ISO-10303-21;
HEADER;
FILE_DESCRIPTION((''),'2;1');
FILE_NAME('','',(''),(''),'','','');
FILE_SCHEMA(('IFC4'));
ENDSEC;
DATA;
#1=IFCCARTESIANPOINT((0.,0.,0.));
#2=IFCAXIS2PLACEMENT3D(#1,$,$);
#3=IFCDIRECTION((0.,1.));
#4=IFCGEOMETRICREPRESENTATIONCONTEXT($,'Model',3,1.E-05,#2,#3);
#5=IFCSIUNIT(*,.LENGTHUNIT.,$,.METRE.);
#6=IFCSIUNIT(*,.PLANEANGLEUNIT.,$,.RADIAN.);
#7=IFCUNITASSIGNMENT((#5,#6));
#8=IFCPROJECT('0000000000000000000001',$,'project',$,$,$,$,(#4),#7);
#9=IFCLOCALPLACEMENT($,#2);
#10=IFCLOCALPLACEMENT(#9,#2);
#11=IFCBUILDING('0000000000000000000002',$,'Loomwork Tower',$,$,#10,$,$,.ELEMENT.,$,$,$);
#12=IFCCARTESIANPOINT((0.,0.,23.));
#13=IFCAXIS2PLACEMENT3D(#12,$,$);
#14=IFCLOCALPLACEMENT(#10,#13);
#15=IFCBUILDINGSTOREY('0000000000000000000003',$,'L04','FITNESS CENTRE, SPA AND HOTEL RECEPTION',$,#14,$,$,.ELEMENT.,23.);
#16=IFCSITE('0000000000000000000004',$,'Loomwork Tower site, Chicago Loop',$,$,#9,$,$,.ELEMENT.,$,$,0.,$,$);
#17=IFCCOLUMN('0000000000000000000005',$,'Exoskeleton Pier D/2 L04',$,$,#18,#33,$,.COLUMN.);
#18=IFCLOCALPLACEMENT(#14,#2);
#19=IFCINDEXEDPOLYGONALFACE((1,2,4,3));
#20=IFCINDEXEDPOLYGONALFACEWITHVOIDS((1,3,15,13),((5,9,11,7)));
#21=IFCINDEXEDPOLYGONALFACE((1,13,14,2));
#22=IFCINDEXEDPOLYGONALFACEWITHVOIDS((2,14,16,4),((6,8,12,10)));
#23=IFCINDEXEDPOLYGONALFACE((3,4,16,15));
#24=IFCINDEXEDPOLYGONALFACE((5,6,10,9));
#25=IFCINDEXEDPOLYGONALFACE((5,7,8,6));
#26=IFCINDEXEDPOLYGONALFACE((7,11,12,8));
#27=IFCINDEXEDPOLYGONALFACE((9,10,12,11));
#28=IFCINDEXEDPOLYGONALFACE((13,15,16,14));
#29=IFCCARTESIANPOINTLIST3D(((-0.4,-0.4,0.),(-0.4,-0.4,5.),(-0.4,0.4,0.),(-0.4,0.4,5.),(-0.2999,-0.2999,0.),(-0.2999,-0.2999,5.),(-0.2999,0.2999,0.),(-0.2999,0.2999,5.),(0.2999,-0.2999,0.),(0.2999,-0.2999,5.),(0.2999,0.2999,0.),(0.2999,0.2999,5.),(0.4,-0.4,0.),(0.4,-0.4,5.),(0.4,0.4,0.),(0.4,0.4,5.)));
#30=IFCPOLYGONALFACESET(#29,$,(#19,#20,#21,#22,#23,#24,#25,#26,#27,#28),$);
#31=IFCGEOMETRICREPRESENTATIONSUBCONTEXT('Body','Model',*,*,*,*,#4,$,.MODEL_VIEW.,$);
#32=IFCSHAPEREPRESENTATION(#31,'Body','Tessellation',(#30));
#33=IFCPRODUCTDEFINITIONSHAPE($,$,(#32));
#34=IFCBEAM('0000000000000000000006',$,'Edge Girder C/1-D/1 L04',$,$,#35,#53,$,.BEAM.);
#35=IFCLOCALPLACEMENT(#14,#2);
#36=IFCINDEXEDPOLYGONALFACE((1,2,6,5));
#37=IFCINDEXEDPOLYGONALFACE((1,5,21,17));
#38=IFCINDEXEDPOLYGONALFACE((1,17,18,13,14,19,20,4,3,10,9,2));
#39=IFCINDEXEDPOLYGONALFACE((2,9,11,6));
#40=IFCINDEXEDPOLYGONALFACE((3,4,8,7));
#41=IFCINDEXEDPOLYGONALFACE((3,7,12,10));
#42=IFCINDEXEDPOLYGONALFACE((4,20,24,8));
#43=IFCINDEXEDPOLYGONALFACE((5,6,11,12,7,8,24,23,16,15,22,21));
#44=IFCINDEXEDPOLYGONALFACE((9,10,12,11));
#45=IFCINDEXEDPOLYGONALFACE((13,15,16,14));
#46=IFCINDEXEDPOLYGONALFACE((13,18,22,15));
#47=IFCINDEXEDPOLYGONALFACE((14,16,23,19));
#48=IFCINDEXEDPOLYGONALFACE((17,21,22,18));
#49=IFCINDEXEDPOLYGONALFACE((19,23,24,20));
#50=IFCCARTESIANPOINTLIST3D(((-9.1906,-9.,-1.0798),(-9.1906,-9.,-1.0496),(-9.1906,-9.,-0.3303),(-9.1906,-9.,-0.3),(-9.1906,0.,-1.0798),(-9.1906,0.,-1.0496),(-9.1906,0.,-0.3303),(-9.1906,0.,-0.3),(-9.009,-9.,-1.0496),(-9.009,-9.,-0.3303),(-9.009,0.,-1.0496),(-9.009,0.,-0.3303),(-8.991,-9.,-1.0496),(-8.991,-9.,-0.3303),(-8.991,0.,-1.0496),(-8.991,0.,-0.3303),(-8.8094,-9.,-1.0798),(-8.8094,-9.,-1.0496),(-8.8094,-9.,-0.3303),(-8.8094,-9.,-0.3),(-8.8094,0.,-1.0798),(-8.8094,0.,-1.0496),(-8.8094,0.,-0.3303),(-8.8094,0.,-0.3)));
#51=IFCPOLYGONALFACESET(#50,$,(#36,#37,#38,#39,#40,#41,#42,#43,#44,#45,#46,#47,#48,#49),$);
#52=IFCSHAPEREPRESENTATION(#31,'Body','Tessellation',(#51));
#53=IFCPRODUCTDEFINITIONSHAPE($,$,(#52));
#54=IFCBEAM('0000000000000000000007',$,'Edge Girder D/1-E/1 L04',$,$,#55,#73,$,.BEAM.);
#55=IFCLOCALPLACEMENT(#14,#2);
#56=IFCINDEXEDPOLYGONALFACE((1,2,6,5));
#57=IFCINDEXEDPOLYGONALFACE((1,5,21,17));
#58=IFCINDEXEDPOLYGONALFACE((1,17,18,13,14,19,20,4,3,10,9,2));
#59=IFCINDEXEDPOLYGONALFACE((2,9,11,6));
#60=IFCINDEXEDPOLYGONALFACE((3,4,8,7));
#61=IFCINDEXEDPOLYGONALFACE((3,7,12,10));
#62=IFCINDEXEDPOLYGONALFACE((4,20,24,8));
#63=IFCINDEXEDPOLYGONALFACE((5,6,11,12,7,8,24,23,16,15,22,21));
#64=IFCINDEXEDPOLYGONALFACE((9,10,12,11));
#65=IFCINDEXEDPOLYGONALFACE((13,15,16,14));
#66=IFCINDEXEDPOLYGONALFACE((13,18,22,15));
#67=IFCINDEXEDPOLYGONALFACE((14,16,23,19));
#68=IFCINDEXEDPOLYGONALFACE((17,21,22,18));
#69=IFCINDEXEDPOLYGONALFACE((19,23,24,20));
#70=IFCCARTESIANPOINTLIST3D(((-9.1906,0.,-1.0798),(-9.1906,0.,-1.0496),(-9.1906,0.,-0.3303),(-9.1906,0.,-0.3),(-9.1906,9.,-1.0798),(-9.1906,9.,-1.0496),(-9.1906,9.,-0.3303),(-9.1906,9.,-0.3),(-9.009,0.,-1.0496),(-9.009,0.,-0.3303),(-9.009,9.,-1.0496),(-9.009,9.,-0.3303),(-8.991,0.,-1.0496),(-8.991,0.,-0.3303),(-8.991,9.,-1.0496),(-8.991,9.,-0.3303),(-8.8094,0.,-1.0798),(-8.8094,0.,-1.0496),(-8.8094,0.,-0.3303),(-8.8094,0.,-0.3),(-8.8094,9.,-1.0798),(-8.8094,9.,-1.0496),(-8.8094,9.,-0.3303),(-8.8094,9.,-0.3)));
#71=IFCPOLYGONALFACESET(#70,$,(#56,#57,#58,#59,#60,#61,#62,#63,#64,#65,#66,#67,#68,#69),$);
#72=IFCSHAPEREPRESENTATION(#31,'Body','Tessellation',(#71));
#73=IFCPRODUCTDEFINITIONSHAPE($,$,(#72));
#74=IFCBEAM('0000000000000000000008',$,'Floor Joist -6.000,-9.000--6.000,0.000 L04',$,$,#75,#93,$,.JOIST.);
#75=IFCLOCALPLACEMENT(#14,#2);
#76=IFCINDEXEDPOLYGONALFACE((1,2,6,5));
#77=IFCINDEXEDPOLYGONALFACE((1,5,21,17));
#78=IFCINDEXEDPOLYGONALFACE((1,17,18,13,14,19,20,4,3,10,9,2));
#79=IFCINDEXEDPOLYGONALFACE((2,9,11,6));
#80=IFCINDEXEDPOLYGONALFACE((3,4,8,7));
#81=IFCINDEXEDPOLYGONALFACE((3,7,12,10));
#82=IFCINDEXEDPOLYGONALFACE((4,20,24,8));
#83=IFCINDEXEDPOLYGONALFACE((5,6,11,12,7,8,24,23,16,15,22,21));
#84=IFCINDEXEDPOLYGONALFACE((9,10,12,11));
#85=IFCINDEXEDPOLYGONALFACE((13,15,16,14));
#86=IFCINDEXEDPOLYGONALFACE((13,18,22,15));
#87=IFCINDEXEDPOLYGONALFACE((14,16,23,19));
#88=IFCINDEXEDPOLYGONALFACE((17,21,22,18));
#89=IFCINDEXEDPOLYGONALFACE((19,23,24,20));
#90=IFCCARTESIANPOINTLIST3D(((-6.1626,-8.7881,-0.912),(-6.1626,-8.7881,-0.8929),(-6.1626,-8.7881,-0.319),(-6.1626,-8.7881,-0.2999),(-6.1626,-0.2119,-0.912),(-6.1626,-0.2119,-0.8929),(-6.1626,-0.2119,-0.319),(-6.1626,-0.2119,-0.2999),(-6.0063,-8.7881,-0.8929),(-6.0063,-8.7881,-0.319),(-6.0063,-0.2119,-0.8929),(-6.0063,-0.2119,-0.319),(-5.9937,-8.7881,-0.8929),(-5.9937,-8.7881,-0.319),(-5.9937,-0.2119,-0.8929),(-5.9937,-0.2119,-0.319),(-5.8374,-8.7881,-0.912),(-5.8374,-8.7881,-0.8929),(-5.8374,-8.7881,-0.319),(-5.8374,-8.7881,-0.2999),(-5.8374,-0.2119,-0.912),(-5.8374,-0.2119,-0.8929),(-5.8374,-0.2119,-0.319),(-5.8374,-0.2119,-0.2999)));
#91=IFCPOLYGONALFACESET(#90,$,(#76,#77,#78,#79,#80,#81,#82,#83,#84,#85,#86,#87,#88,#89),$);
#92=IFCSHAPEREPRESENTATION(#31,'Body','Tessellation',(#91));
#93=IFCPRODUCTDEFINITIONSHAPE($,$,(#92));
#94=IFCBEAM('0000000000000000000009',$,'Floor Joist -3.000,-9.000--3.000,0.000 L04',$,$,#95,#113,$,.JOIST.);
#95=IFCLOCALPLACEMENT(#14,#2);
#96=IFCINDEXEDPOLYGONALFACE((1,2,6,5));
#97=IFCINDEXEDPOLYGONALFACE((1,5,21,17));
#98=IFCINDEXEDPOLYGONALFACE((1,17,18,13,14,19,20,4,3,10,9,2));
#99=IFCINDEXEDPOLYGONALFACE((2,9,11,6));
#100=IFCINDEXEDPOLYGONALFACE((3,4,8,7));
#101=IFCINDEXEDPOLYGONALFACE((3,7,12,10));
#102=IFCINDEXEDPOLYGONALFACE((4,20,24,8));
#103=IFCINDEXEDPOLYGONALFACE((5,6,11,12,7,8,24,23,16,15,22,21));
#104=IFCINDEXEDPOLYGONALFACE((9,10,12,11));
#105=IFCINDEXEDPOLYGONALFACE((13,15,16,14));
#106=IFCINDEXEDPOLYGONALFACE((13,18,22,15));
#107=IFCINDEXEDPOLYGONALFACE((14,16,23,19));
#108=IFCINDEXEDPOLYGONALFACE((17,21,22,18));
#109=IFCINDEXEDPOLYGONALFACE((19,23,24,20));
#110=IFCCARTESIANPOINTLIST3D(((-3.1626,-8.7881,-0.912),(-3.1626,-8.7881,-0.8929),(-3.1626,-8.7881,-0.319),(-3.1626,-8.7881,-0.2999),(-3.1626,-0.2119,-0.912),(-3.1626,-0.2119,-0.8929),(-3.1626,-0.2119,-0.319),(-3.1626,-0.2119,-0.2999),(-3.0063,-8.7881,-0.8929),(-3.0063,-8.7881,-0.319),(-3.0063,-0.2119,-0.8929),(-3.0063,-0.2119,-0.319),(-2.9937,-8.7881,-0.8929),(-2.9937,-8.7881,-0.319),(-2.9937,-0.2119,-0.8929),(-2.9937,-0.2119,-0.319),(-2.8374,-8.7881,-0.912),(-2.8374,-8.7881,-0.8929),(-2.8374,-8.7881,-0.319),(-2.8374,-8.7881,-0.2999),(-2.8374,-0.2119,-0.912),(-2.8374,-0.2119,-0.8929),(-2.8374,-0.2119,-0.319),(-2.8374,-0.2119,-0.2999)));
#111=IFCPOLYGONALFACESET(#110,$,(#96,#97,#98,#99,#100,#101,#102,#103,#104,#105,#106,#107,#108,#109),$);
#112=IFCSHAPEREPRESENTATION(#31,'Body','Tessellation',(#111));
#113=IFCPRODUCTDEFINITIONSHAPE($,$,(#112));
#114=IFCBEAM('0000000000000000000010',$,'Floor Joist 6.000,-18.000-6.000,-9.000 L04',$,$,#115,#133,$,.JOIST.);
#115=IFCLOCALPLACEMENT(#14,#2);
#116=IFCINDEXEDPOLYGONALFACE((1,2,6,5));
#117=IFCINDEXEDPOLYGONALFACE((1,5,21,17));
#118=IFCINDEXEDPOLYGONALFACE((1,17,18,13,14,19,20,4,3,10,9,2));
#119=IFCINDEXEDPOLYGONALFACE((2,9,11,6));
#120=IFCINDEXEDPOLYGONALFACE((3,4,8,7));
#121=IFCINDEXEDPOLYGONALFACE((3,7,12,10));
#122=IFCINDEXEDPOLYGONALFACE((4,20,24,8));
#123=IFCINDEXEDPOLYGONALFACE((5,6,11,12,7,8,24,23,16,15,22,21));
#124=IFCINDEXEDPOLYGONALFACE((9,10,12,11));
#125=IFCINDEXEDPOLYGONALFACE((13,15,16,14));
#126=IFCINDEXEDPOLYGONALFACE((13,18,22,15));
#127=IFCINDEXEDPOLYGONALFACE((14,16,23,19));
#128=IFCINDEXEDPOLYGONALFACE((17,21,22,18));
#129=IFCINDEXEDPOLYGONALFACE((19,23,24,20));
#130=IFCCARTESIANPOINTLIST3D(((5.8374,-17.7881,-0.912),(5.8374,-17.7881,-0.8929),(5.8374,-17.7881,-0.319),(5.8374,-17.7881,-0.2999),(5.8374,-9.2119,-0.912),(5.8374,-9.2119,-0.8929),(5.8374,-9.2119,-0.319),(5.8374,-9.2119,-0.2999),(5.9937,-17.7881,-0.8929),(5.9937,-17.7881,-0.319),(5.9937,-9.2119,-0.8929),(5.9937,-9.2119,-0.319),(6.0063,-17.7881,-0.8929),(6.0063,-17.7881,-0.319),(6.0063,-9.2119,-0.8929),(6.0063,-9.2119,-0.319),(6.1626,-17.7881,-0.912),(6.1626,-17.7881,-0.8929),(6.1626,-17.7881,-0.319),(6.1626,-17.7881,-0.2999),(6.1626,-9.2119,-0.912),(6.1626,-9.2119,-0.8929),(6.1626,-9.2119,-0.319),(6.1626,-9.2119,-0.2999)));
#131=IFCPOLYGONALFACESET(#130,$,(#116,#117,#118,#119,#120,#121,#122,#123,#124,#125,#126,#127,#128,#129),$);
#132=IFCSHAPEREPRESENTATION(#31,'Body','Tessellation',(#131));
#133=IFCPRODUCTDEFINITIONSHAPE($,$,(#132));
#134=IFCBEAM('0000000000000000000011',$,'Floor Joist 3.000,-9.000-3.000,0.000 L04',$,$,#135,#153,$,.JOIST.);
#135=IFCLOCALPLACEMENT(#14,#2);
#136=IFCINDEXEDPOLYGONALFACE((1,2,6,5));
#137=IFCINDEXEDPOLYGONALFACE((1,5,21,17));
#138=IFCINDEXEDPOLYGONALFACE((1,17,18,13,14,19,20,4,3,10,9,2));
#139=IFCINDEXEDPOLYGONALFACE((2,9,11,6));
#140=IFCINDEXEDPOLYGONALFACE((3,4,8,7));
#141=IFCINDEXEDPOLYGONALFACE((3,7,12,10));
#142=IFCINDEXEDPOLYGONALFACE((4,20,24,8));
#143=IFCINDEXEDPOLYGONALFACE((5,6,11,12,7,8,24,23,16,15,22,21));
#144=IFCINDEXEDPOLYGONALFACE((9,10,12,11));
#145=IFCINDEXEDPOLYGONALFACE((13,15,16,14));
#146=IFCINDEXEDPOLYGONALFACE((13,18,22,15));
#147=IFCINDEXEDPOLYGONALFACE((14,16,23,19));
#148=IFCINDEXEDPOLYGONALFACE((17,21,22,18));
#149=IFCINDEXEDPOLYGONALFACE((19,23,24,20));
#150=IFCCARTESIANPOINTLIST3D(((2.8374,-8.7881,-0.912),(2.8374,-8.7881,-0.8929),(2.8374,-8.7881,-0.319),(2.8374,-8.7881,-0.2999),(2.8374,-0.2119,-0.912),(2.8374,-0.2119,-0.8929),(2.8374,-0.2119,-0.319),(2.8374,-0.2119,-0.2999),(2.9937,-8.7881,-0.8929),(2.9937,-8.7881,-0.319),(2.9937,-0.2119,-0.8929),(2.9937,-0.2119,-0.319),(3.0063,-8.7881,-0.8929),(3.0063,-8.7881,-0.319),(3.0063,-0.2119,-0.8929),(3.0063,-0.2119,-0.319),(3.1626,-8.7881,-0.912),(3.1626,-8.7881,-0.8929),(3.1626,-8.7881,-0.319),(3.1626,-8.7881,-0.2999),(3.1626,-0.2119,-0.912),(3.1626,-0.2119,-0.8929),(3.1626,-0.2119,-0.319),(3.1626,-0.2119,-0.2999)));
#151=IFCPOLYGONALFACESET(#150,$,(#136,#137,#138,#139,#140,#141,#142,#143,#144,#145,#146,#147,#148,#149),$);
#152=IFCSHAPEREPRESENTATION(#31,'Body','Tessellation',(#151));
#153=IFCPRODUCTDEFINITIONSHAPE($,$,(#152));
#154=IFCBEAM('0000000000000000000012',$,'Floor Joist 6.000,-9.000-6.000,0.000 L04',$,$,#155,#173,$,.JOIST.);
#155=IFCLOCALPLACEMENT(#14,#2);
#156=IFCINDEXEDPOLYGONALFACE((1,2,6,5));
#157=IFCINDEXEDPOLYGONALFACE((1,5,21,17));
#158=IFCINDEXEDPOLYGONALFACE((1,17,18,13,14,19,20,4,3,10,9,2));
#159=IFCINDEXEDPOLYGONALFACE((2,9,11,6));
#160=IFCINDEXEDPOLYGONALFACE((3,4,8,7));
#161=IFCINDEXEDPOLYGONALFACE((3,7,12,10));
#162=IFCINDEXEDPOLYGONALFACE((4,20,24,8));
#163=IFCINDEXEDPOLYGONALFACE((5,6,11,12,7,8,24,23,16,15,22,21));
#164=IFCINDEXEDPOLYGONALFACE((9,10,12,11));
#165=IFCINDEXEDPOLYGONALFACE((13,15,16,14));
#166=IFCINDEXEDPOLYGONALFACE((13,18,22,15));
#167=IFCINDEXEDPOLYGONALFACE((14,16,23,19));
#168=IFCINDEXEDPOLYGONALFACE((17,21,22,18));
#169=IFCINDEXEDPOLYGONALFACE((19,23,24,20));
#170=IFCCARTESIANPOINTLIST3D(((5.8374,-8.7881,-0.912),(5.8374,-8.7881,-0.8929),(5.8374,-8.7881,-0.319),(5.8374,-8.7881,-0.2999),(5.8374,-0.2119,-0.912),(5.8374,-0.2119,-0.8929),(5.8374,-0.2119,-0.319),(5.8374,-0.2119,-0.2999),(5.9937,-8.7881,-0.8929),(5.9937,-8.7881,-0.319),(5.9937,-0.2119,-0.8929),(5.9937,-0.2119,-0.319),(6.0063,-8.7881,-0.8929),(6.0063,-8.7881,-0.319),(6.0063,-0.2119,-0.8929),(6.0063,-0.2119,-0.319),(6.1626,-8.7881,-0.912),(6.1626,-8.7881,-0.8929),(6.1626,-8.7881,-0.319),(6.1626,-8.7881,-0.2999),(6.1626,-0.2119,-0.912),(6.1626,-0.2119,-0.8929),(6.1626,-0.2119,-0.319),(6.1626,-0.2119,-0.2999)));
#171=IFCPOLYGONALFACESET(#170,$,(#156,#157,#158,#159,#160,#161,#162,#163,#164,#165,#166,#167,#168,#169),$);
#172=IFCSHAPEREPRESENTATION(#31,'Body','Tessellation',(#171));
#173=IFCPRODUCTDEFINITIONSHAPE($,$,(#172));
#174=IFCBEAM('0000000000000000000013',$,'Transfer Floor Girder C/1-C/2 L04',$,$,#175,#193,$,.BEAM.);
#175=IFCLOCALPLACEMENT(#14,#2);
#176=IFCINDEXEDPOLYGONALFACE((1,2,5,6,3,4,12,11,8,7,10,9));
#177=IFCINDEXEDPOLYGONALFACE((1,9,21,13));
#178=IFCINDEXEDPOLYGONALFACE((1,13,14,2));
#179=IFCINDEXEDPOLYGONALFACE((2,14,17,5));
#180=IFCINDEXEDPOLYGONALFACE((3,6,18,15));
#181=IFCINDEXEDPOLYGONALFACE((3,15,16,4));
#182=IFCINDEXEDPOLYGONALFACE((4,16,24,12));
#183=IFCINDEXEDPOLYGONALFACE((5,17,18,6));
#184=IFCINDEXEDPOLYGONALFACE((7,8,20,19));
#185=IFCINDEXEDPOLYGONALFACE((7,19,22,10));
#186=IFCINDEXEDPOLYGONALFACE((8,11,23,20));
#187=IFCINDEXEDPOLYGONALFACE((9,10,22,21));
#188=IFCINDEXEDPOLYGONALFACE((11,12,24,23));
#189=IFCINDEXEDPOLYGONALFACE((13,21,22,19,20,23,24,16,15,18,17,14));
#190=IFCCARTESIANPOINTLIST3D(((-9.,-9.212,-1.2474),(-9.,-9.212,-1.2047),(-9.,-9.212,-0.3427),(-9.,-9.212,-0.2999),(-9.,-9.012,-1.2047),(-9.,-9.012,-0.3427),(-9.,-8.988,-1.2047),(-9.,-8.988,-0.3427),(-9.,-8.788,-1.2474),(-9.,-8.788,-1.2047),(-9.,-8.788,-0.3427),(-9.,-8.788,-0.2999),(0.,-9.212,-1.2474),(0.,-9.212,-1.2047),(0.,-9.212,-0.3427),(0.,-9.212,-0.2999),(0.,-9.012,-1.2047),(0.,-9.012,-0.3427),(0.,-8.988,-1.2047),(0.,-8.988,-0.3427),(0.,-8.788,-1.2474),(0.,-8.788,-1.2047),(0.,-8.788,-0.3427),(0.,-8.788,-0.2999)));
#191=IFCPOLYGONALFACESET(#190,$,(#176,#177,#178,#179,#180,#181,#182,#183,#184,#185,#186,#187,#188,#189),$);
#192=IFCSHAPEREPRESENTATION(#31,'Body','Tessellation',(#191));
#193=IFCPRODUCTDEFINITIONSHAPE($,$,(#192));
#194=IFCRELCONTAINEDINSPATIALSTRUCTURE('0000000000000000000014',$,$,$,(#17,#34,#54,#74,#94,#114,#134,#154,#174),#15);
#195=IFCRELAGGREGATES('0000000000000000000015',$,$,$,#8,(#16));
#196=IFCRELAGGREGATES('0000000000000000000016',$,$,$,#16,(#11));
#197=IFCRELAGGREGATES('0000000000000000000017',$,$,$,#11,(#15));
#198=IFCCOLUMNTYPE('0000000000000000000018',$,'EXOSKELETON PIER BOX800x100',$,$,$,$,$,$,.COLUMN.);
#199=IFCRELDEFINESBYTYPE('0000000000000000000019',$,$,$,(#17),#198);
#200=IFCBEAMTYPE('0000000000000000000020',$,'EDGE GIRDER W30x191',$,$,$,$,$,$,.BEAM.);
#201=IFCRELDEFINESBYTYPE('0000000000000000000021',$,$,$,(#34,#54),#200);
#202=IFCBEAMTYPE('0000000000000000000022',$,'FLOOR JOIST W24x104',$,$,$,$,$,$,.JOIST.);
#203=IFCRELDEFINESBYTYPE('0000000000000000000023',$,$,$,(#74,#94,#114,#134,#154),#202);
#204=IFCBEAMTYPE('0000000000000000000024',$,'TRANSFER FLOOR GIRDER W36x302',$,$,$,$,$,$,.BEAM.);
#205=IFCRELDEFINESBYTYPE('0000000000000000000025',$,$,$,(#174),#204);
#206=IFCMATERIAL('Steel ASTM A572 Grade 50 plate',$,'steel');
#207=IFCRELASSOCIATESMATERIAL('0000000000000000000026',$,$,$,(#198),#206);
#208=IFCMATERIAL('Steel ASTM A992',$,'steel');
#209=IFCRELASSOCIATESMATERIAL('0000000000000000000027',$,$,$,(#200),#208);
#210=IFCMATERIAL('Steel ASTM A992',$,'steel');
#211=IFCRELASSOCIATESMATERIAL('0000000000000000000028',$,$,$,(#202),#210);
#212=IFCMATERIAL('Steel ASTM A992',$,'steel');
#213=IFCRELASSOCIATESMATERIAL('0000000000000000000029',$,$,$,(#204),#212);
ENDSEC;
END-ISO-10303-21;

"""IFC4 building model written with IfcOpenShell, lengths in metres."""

from ifc_helpers import new_model, si_unit, direction, frame, origin, origin_with_axes, origin_2d, place, context, subcontext, project, spatial, hollow_rectangle, i_section, extrude, material, material_profile, profile_set, type_object, element, save


model = new_model("IFC4")

# Units and contexts
model_context = context("Model", 3, precision=1e-05, world=origin(), true_north=direction((0.0, 1.0)))
body_context = subcontext(model_context, "Body", "Model", "MODEL_VIEW")
ifc_project = project(units=[si_unit("LENGTHUNIT", "METRE"), si_unit("PLANEANGLEUNIT", "RADIAN")], contexts=[model_context])

# Site, building, storey
site_placement = place(None, origin())
site = spatial("IfcSite", under=ifc_project, at=site_placement, Name="Loomwork Tower site, Chicago Loop", CompositionType="ELEMENT", RefElevation=0.0)
building_placement = place(site_placement, origin())
building = spatial("IfcBuilding", under=site, at=building_placement, Name="Loomwork Tower", CompositionType="ELEMENT")
storey_placement = place(building_placement, frame((0.0, 0.0, 23.0)))
storey = spatial("IfcBuildingStorey", under=building, at=storey_placement, Name="L04", Description="FITNESS CENTRE, SPA AND HOTEL RECEPTION", CompositionType="ELEMENT", Elevation=23.0)

# Column
ifc_material_1 = material(Name="Steel ASTM A572 Grade 50 plate", Category="steel")
ifc_material_profile_1 = material_profile(ifc_material_1, hollow_rectangle(XDim=0.8, YDim=0.8, WallThickness=0.1001, at=origin_2d()), Name="BOX800x100")
ifc_profile_set_1 = profile_set([ifc_material_profile_1], Name="Steel ASTM A572 Grade 50 plate")
column_type = type_object("IfcColumnType", Name="EXOSKELETON PIER BOX800x100", PredefinedType="COLUMN", material=ifc_profile_set_1)
column_placement = place(storey_placement, origin_with_axes())
element("IfcColumn", 1, at=column_placement, inside=storey, type_object=column_type, Name="Exoskeleton Pier D/2 L04", PredefinedType="COLUMN", context=body_context, shape_type="SweptSolid", body=[
    extrude(hollow_rectangle(XDim=0.8, YDim=0.8, WallThickness=0.1001, at=origin_2d()), origin(), (0.0, 0.0, 1.0), 5.0),
])

# Beams
ifc_material_2 = material(Name="Steel ASTM A992", Category="steel")
ifc_material_profile_2 = material_profile(ifc_material_2, i_section(OverallWidth=0.3811, OverallDepth=0.7798, WebThickness=0.0181, FlangeThickness=0.0303, at=origin_2d()), Name="W30x191")
ifc_profile_set_2 = profile_set([ifc_material_profile_2], Name="Steel ASTM A992")
beam_type_1 = type_object("IfcBeamType", Name="EDGE GIRDER W30x191", PredefinedType="BEAM", material=ifc_profile_set_2)
for number, where, z_axis, x_axis, name in (
    (2, (-9.0, -9.0, -0.6899), (0.0, 1.0, 0.0), (-1.0, 0.0, 0.0), "Edge Girder C/1-D/1 L04"),
    (3, (-9.0, 0.0, -0.6899), (0.0, 1.0, 0.0), (-1.0, 0.0, 0.0), "Edge Girder D/1-E/1 L04"),
):
    element("IfcBeam", number, at=place(storey_placement, frame(where, z_axis=z_axis, x_axis=x_axis)), inside=storey, type_object=beam_type_1, Name=name, PredefinedType="BEAM", context=body_context, shape_type="SweptSolid", body=[
        extrude(i_section(OverallWidth=0.3811, OverallDepth=0.7798, WebThickness=0.0181, FlangeThickness=0.0303, at=origin_2d()), origin(), (0.0, 0.0, 1.0), 9.0),
    ])
ifc_material_3 = material(Name="Steel ASTM A992", Category="steel")
ifc_material_profile_3 = material_profile(ifc_material_3, i_section(OverallWidth=0.3252, OverallDepth=0.6121, WebThickness=0.0127, FlangeThickness=0.019, at=origin_2d()), Name="W24x104")
ifc_profile_set_3 = profile_set([ifc_material_profile_3], Name="Steel ASTM A992")
beam_type_2 = type_object("IfcBeamType", Name="FLOOR JOIST W24x104", PredefinedType="JOIST", material=ifc_profile_set_3)
for number, where, z_axis, x_axis, name in (
    (4, (-6.0, -8.7881, -0.606), (0.0, 1.0, 0.0), (-1.0, 0.0, 0.0), "Floor Joist -6.000,-9.000--6.000,0.000 L04"),
    (5, (-3.0, -8.7881, -0.606), (0.0, 1.0, 0.0), (-1.0, 0.0, 0.0), "Floor Joist -3.000,-9.000--3.000,0.000 L04"),
    (6, (6.0, -17.7881, -0.606), (0.0, 1.0, 0.0), (-1.0, 0.0, 0.0), "Floor Joist 6.000,-18.000-6.000,-9.000 L04"),
    (7, (3.0, -8.7881, -0.606), (0.0, 1.0, 0.0), (-1.0, 0.0, 0.0), "Floor Joist 3.000,-9.000-3.000,0.000 L04"),
    (8, (6.0, -8.7881, -0.606), (0.0, 1.0, 0.0), (-1.0, 0.0, 0.0), "Floor Joist 6.000,-9.000-6.000,0.000 L04"),
):
    element("IfcBeam", number, at=place(storey_placement, frame(where, z_axis=z_axis, x_axis=x_axis)), inside=storey, type_object=beam_type_2, Name=name, PredefinedType="JOIST", context=body_context, shape_type="SweptSolid", body=[
        extrude(i_section(OverallWidth=0.3252, OverallDepth=0.6121, WebThickness=0.0127, FlangeThickness=0.019, at=origin_2d()), origin(), (0.0, 0.0, 1.0), 8.5762),
    ])
ifc_material_4 = material(Name="Steel ASTM A992", Category="steel")
ifc_material_profile_4 = material_profile(ifc_material_4, i_section(OverallWidth=0.4241, OverallDepth=0.9475, WebThickness=0.0239, FlangeThickness=0.0427, at=origin_2d()), Name="W36x302")
ifc_profile_set_4 = profile_set([ifc_material_profile_4], Name="Steel ASTM A992")
beam_type_3 = type_object("IfcBeamType", Name="TRANSFER FLOOR GIRDER W36x302", PredefinedType="BEAM", material=ifc_profile_set_4)
for number, where, z_axis, x_axis, name in (
    (9, (-9.0, -9.0, -0.7737), (1.0, 0.0, 0.0), (0.0, 1.0, 0.0), "Transfer Floor Girder C/1-C/2 L04"),
):
    element("IfcBeam", number, at=place(storey_placement, frame(where, z_axis=z_axis, x_axis=x_axis)), inside=storey, type_object=beam_type_3, Name=name, PredefinedType="BEAM", context=body_context, shape_type="SweptSolid", body=[
        extrude(i_section(OverallWidth=0.4241, OverallDepth=0.9475, WebThickness=0.0239, FlangeThickness=0.0427, at=origin_2d()), origin(), (0.0, 0.0, 1.0), 9.0),
    ])

save(model, "model.ifc")
